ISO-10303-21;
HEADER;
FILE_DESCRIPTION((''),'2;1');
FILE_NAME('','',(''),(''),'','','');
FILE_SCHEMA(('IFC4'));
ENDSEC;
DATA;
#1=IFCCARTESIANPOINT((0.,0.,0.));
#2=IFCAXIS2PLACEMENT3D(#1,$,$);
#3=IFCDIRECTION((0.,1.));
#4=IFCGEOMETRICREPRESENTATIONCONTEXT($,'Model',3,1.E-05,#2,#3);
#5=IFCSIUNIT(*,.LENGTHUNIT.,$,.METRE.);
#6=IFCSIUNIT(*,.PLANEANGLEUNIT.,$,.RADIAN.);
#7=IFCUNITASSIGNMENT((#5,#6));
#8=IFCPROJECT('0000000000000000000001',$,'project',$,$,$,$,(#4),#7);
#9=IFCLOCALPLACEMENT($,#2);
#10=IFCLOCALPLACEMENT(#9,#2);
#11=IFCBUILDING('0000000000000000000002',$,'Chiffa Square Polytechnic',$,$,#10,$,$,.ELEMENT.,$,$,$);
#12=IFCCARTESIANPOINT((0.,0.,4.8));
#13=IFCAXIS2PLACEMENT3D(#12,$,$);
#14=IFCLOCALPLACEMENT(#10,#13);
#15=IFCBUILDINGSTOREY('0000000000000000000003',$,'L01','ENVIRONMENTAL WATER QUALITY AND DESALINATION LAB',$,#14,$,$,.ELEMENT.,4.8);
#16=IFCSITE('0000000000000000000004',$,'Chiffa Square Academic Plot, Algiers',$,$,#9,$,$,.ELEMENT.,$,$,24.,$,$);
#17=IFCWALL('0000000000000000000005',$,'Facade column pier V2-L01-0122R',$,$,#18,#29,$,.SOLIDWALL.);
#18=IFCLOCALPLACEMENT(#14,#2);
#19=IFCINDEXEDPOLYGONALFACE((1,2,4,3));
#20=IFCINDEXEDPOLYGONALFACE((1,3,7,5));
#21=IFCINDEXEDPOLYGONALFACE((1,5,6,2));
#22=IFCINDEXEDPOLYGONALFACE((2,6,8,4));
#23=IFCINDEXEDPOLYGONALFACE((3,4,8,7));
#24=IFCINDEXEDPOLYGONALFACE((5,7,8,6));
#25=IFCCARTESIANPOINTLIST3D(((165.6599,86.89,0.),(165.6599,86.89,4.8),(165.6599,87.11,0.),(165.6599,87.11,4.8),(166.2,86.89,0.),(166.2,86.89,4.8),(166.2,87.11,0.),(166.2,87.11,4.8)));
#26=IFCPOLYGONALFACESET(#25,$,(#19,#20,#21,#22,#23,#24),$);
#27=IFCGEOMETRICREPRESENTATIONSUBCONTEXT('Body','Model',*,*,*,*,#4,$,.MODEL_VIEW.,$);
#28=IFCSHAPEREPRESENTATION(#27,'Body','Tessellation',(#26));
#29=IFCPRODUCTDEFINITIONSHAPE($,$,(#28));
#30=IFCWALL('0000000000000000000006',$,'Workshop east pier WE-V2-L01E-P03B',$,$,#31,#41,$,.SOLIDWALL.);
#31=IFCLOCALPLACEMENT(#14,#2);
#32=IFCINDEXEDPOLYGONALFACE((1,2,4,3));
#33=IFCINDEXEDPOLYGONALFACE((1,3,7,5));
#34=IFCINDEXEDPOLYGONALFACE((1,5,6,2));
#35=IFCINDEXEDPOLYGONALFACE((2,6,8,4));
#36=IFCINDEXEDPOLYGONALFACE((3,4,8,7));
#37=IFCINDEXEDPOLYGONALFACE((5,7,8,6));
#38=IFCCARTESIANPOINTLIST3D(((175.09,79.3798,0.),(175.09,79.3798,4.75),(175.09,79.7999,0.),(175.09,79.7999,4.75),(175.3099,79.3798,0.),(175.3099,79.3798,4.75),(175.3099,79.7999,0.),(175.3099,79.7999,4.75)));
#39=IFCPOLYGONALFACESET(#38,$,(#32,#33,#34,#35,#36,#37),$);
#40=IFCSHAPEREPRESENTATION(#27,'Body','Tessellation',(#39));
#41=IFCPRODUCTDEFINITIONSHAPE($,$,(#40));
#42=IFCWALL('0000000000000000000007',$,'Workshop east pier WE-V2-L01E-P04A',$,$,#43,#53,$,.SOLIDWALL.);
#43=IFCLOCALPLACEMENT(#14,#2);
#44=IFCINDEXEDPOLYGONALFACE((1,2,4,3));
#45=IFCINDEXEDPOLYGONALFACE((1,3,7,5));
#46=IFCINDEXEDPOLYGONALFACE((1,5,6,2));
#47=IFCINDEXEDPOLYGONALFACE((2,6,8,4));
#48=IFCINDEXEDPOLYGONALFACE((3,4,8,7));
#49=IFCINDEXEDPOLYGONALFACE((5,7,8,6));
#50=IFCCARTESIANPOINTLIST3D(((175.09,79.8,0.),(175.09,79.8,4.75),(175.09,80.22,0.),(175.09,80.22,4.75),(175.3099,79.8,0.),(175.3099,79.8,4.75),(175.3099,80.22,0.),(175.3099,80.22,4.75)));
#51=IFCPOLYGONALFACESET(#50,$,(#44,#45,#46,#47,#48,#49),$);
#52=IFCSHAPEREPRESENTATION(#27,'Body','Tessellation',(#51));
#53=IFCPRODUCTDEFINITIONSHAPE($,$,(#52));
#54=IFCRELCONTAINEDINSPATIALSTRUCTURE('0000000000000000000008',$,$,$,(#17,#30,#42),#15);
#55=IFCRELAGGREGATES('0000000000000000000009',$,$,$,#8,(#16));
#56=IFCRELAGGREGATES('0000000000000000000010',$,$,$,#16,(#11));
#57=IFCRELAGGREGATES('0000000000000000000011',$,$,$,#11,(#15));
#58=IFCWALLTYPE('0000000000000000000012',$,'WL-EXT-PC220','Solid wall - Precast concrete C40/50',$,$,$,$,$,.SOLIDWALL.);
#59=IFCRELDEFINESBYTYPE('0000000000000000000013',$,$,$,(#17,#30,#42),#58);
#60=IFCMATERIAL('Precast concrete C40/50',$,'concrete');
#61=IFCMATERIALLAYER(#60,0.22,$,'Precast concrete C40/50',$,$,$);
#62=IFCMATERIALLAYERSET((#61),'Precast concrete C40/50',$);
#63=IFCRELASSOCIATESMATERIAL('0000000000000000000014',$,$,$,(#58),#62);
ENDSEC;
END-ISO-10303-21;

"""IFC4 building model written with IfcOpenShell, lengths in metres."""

from ifc_helpers import new_model, si_unit, direction, frame, frame_2d, origin, place, context, subcontext, project, spatial, rectangle, extrude, material, layer, layer_set, type_object, element, save


model = new_model("IFC4")

# Units and contexts
model_context = context("Model", 3, precision=1e-05, world=origin(), true_north=direction((0.0, 1.0)))
body_context = subcontext(model_context, "Body", "Model", "MODEL_VIEW")
ifc_project = project(units=[si_unit("LENGTHUNIT", "METRE"), si_unit("PLANEANGLEUNIT", "RADIAN")], contexts=[model_context])

# Site, building, storey
site_placement = place(None, origin())
site = spatial("IfcSite", under=ifc_project, at=site_placement, Name="Chiffa Square Academic Plot, Algiers", CompositionType="ELEMENT", RefElevation=24.0)
building_placement = place(site_placement, origin())
building = spatial("IfcBuilding", under=site, at=building_placement, Name="Chiffa Square Polytechnic", CompositionType="ELEMENT")
storey_placement = place(building_placement, frame((0.0, 0.0, 4.8)))
storey = spatial("IfcBuildingStorey", under=building, at=storey_placement, Name="L01", Description="ENVIRONMENTAL WATER QUALITY AND DESALINATION LAB", CompositionType="ELEMENT", Elevation=4.8)

# Walls
ifc_material_1 = material(Name="Precast concrete C40/50", Category="concrete")
ifc_layer_1 = layer(ifc_material_1, 0.22, Name="Precast concrete C40/50")
ifc_layer_set_1 = layer_set([ifc_layer_1], Name="Precast concrete C40/50")
wall_type = type_object("IfcWallType", Name="WL-EXT-PC220", Description="Solid wall - Precast concrete C40/50", PredefinedType="SOLIDWALL", material=ifc_layer_set_1)
wall_1_placement = place(storey_placement, frame((165.6599, 87.0, 0.0), z_axis=(0.0, 0.0, 1.0), x_axis=(1.0, 0.0, 0.0)))
element("IfcWall", 1, at=wall_1_placement, inside=storey, type_object=wall_type, Name="Facade column pier V2-L01-0122R", PredefinedType="SOLIDWALL", context=body_context, shape_type="SweptSolid", body=[
    extrude(rectangle(XDim=0.54, YDim=0.22, at=frame_2d((0.27, 0.0))), origin(), (0.0, 0.0, 1.0), 4.8),
])
wall_2_placement = place(storey_placement, frame((175.2, 79.3799, 0.0), z_axis=(0.0, 0.0, 1.0), x_axis=(0.0, 1.0, 0.0)))
element("IfcWall", 2, at=wall_2_placement, inside=storey, type_object=wall_type, Name="Workshop east pier WE-V2-L01E-P03B", PredefinedType="SOLIDWALL", context=body_context, shape_type="SweptSolid", body=[
    extrude(rectangle(XDim=0.4202, YDim=0.22, at=frame_2d((0.21, 0.0))), origin(), (0.0, 0.0, 1.0), 4.75),
])
wall_3_placement = place(storey_placement, frame((175.2, 79.8, 0.0), z_axis=(0.0, 0.0, 1.0), x_axis=(0.0, 1.0, 0.0)))
element("IfcWall", 3, at=wall_3_placement, inside=storey, type_object=wall_type, Name="Workshop east pier WE-V2-L01E-P04A", PredefinedType="SOLIDWALL", context=body_context, shape_type="SweptSolid", body=[
    extrude(rectangle(XDim=0.4199, YDim=0.22, at=frame_2d((0.21, 0.0))), origin(), (0.0, 0.0, 1.0), 4.75),
])

save(model, "model.ifc")
